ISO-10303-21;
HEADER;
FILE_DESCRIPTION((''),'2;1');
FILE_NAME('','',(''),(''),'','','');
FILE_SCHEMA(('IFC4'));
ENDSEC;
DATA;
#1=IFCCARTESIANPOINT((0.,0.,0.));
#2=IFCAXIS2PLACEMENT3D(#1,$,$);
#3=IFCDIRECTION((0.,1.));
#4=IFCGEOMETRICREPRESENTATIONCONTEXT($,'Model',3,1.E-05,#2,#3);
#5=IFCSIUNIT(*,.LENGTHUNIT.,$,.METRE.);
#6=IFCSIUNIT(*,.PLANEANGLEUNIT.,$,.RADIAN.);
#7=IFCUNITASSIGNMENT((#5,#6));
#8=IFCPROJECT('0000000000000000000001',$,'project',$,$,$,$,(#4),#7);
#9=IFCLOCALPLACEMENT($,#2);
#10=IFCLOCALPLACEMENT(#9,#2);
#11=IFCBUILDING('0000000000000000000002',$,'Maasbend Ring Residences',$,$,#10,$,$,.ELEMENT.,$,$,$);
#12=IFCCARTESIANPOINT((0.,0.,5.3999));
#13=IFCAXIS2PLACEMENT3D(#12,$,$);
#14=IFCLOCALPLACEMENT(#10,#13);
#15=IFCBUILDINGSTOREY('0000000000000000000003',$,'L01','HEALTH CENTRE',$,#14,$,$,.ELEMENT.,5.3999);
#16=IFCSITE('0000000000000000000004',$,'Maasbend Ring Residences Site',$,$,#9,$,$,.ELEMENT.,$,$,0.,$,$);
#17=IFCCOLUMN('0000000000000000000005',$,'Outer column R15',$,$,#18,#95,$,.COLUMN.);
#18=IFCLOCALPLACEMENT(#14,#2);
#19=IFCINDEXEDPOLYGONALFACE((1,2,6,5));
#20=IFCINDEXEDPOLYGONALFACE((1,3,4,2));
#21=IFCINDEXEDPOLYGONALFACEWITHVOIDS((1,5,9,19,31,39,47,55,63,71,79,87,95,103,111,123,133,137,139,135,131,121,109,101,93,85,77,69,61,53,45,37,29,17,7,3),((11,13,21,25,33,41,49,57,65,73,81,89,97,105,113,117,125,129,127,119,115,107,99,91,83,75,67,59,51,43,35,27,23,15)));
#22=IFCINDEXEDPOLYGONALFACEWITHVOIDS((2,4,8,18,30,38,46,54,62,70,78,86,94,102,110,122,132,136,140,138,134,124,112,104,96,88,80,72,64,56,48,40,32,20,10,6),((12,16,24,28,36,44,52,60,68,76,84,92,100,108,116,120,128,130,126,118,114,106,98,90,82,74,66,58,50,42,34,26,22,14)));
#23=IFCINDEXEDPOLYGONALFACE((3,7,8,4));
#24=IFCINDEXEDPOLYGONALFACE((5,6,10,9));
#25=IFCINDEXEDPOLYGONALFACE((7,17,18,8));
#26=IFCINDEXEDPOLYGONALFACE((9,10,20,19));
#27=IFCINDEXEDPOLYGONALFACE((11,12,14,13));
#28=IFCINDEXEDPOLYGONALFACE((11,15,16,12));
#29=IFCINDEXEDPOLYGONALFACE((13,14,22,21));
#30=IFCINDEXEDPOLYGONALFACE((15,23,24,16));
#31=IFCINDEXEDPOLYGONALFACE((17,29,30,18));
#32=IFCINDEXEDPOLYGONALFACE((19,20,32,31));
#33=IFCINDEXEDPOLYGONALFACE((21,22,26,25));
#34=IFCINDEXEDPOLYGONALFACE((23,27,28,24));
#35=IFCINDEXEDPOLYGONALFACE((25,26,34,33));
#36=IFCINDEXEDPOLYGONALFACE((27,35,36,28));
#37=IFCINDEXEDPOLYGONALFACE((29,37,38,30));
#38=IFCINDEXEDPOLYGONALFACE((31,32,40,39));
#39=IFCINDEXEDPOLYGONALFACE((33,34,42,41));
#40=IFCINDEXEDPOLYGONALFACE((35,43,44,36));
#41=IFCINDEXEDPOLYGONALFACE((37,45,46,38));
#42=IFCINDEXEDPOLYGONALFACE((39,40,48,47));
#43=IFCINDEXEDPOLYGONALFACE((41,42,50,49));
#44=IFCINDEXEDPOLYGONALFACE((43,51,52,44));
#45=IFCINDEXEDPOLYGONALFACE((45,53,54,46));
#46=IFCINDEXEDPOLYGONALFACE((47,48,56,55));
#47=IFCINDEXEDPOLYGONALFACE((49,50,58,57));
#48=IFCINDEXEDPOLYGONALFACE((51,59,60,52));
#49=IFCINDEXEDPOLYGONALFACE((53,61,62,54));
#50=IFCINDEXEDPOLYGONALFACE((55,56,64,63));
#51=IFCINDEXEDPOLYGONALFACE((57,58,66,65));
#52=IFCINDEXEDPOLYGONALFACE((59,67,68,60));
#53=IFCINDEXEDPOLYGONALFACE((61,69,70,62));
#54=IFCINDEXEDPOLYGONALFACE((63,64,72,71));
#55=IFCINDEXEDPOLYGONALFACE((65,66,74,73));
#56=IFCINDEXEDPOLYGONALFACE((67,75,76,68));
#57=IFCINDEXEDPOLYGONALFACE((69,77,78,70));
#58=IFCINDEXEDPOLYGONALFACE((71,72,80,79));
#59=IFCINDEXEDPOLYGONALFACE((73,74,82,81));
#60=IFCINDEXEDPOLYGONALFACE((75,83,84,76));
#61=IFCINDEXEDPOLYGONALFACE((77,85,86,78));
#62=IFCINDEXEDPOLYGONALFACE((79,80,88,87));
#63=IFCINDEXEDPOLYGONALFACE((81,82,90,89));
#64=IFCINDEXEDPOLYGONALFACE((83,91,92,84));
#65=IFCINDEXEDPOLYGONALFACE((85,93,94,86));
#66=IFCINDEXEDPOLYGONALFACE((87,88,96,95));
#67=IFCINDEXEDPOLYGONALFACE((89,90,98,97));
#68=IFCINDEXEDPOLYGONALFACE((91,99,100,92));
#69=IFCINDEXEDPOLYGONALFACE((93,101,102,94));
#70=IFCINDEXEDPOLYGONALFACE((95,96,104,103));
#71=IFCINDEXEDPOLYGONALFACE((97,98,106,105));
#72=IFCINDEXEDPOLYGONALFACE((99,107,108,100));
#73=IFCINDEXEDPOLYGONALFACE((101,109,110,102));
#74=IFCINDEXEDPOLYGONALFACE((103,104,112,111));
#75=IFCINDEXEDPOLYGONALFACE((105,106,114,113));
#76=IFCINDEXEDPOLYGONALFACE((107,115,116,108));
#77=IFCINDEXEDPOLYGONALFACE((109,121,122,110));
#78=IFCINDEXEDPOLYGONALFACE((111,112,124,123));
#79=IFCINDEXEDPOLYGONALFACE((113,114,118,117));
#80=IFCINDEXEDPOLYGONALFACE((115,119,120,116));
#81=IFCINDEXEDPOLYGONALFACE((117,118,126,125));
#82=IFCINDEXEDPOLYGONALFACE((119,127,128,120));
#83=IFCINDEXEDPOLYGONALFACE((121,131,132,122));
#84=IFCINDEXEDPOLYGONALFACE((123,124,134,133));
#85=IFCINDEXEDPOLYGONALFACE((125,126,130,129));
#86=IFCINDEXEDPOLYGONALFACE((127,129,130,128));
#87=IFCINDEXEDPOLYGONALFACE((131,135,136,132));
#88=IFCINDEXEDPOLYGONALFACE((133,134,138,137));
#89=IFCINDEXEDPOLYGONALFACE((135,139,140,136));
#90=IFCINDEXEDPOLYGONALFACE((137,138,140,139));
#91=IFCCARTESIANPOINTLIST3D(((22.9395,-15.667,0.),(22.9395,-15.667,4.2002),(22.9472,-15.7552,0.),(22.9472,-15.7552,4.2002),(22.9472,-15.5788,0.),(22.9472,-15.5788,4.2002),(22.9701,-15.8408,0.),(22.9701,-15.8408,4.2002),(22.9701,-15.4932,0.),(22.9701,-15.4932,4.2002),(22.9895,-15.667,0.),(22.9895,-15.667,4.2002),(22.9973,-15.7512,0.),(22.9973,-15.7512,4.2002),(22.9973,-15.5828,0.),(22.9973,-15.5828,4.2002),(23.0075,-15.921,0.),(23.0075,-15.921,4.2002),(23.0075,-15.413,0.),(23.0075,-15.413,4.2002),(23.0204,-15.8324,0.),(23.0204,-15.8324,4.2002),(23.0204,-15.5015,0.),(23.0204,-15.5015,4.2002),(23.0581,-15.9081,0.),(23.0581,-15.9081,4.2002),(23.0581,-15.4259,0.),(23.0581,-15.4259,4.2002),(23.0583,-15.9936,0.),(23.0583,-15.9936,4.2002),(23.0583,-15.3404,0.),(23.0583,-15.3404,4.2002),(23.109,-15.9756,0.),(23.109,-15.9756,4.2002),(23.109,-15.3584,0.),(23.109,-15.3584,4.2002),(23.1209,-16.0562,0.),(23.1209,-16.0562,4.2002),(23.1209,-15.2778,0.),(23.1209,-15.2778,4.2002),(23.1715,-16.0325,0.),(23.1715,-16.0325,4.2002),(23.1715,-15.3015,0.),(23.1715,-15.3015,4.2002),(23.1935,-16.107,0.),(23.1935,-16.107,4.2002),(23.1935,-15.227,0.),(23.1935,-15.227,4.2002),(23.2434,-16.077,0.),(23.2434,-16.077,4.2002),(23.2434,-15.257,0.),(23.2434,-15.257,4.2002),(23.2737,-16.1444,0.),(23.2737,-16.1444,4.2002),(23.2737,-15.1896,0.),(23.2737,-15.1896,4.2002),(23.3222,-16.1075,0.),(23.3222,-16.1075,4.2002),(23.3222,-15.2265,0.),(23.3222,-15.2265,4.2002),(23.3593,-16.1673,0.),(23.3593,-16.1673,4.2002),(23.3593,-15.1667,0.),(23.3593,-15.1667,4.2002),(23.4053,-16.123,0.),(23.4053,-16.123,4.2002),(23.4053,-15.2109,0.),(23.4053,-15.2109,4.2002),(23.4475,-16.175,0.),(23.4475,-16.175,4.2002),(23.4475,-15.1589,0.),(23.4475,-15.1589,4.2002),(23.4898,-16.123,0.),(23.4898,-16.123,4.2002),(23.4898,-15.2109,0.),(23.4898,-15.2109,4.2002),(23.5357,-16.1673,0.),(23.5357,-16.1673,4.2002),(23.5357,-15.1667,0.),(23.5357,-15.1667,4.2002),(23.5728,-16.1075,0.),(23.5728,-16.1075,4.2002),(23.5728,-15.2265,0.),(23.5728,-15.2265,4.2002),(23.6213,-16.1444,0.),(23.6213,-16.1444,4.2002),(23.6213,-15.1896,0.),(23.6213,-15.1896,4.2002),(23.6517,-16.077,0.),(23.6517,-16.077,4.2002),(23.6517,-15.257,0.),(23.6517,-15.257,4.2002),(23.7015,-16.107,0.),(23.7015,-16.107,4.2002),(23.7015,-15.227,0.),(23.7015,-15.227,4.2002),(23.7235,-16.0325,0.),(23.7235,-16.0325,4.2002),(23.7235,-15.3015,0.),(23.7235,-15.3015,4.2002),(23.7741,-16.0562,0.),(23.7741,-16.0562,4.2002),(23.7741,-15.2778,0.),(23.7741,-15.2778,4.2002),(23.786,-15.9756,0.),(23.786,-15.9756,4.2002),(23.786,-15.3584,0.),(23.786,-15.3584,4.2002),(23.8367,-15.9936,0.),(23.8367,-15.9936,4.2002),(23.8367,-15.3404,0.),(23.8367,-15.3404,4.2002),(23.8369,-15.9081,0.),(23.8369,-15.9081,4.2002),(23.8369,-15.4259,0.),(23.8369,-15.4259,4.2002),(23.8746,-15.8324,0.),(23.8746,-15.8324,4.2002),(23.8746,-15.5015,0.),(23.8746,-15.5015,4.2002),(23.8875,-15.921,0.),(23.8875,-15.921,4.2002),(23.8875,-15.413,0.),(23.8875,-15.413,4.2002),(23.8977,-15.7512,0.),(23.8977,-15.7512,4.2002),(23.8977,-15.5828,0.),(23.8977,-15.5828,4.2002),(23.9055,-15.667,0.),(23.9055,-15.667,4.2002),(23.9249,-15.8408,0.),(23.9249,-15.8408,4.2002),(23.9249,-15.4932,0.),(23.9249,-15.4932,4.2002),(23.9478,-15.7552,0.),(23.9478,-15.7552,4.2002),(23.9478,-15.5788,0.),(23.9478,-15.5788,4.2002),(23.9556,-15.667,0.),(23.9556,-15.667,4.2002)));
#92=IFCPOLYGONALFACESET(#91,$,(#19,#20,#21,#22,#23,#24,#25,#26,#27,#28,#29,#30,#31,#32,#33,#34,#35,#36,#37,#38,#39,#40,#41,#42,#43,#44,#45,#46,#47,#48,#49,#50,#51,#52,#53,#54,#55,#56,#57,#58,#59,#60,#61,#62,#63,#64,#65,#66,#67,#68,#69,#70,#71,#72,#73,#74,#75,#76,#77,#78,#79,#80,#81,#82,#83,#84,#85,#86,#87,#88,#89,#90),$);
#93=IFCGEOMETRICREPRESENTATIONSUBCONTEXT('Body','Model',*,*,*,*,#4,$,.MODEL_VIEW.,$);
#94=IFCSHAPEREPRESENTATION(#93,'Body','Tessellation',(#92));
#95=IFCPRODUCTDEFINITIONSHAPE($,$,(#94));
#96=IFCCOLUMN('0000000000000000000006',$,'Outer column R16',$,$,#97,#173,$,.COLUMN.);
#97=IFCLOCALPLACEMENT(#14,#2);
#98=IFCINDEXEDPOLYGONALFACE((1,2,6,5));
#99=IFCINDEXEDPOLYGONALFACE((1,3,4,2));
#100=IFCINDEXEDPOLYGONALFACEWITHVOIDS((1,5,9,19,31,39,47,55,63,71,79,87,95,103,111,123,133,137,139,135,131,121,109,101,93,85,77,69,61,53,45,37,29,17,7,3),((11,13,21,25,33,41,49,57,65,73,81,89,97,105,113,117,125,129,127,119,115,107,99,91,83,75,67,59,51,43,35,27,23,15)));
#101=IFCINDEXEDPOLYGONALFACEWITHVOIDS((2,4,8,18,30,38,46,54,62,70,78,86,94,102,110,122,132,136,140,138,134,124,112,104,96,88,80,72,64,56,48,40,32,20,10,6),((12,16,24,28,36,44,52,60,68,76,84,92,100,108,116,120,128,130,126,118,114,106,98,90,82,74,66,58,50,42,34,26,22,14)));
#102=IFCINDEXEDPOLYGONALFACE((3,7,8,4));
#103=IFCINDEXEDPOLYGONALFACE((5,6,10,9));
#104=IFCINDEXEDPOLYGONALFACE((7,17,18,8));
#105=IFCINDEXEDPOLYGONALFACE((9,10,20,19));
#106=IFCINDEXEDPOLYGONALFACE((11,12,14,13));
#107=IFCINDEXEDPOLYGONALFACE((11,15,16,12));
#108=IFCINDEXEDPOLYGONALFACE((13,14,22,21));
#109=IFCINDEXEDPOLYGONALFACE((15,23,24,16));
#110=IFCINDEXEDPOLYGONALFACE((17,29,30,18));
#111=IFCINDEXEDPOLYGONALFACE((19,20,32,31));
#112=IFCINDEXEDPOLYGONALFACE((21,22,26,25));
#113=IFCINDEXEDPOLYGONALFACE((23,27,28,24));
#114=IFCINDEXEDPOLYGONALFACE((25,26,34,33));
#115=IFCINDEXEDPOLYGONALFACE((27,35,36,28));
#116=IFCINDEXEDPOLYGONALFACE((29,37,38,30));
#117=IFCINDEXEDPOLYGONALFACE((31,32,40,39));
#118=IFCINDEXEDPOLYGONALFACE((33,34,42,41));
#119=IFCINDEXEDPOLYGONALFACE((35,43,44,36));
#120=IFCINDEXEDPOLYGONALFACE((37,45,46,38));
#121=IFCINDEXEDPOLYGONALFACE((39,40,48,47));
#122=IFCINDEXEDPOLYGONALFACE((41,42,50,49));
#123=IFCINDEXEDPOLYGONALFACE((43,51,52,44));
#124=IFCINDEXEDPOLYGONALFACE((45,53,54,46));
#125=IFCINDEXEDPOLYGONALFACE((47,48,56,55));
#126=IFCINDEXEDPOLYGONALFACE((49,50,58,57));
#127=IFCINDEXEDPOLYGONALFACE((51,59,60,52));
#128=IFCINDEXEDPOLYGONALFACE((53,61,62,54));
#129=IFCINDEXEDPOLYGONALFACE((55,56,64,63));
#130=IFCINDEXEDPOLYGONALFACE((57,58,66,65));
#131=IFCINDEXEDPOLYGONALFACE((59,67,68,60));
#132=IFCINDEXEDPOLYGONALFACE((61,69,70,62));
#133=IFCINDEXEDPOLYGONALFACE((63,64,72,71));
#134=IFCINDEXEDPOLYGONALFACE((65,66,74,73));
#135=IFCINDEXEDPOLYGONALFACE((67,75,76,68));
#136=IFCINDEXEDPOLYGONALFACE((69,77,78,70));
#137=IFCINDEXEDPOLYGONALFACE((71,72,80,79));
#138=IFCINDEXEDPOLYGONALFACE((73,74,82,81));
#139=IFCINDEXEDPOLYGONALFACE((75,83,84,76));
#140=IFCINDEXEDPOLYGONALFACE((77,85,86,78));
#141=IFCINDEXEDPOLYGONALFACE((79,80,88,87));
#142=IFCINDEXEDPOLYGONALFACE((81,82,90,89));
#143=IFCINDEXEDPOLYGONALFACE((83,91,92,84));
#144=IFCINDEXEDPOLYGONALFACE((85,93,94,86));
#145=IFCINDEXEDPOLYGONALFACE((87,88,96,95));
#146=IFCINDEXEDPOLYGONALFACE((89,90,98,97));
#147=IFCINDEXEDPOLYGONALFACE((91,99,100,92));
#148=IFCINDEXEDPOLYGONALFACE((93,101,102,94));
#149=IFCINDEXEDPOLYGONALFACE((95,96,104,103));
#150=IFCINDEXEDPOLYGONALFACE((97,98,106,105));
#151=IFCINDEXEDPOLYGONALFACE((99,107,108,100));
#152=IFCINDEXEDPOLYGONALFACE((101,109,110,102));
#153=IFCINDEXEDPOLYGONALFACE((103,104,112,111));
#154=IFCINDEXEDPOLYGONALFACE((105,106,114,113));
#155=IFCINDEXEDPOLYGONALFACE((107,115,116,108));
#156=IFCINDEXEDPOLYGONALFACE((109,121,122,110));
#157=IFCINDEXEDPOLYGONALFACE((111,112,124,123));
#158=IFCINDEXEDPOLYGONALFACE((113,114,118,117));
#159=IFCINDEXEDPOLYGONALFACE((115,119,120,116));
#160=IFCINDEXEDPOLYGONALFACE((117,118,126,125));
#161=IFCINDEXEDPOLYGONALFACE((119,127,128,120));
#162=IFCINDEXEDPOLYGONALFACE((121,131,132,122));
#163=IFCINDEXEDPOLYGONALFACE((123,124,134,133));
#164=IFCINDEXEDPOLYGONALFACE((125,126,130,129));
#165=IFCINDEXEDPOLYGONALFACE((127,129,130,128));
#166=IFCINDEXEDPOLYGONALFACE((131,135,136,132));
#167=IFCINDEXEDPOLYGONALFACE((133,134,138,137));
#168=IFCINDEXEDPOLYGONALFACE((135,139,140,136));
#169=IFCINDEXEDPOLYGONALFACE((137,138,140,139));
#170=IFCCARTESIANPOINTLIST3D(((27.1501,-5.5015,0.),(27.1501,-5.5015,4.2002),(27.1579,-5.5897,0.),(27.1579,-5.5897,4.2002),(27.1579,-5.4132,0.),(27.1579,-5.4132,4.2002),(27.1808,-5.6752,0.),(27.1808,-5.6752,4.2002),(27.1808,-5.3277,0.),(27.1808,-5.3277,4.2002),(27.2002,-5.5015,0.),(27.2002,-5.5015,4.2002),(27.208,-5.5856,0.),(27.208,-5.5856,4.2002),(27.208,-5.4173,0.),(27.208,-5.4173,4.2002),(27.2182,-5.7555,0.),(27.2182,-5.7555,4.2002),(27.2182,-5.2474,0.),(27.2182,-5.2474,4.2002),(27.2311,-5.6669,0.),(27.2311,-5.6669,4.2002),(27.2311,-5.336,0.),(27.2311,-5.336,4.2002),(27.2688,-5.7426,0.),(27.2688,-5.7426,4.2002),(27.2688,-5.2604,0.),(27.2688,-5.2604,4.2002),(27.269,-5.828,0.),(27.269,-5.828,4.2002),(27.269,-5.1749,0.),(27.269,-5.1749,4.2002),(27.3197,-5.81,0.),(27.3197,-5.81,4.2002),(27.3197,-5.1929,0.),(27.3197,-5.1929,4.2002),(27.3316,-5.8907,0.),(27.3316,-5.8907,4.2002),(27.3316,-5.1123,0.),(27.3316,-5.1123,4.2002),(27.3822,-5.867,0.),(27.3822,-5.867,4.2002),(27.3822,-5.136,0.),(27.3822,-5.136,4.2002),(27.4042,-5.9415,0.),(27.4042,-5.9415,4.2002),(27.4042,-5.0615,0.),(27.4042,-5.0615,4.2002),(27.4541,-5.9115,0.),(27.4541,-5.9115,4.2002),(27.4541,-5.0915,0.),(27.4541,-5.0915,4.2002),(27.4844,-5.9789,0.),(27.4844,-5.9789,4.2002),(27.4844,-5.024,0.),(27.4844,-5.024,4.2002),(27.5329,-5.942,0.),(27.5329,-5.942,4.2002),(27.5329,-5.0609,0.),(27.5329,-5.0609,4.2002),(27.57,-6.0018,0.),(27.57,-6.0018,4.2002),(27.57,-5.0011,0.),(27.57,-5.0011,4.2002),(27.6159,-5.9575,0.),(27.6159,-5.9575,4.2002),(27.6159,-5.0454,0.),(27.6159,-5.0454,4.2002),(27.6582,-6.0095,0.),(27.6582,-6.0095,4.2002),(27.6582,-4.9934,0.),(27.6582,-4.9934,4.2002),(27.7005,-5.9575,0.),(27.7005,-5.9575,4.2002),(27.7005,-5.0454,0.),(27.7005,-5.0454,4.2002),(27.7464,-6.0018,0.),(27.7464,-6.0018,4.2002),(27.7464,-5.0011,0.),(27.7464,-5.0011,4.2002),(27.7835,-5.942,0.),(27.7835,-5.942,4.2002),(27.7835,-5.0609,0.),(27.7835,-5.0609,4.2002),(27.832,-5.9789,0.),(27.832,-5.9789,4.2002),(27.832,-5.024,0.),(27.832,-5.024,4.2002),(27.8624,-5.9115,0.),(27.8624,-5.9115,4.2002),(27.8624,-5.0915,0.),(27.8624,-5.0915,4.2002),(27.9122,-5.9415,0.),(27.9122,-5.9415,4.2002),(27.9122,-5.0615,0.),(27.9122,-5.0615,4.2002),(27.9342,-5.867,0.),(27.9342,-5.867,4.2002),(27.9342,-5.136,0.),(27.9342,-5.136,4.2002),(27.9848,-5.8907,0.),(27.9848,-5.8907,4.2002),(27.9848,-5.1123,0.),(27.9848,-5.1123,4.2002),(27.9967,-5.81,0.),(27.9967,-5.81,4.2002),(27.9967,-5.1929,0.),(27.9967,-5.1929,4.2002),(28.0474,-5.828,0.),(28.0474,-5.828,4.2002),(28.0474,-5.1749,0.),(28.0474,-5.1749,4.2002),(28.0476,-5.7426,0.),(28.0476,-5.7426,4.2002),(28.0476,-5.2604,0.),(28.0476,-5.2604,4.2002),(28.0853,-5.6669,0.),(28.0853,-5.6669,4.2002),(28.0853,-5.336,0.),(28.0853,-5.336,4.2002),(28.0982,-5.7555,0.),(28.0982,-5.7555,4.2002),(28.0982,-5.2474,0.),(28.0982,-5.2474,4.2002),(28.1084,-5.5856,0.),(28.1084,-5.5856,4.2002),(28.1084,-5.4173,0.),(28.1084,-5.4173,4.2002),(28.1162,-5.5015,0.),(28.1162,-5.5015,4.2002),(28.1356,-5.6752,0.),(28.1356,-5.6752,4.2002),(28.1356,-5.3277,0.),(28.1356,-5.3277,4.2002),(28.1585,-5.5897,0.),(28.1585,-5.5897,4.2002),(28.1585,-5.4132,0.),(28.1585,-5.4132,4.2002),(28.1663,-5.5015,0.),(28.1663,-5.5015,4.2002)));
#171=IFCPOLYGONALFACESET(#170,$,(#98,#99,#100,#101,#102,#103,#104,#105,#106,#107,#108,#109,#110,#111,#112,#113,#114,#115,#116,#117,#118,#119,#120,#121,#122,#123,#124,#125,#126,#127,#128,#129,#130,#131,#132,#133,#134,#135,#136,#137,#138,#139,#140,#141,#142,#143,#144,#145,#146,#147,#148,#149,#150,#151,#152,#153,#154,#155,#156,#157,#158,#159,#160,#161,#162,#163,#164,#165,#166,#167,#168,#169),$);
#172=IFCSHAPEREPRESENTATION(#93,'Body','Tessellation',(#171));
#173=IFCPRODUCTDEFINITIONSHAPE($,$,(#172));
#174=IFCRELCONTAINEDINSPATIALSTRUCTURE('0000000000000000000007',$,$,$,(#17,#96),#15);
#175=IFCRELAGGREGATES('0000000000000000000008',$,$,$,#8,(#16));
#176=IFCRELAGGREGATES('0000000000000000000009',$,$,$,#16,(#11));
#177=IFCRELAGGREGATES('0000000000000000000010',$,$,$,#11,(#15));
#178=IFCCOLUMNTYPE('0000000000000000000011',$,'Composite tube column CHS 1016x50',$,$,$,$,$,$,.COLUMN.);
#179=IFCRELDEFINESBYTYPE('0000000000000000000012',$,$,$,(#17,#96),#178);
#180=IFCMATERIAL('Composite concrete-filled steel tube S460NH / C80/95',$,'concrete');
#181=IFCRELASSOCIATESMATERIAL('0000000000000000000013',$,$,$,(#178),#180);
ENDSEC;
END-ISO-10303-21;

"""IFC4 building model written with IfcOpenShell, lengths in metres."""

from ifc_helpers import new_model, si_unit, direction, frame, origin, origin_2d, place, context, subcontext, project, spatial, hollow_circle, extrude, material, material_profile, profile_set, type_object, element, save


model = new_model("IFC4")

# Units and contexts
model_context = context("Model", 3, precision=1e-05, world=origin(), true_north=direction((0.0, 1.0)))
body_context = subcontext(model_context, "Body", "Model", "MODEL_VIEW")
ifc_project = project(units=[si_unit("LENGTHUNIT", "METRE"), si_unit("PLANEANGLEUNIT", "RADIAN")], contexts=[model_context])

# Site, building, storey
site_placement = place(None, origin())
site = spatial("IfcSite", under=ifc_project, at=site_placement, Name="Maasbend Ring Residences Site", CompositionType="ELEMENT", RefElevation=0.0)
building_placement = place(site_placement, origin())
building = spatial("IfcBuilding", under=site, at=building_placement, Name="Maasbend Ring Residences", CompositionType="ELEMENT")
storey_placement = place(building_placement, frame((0.0, 0.0, 5.3999)))
storey = spatial("IfcBuildingStorey", under=building, at=storey_placement, Name="L01", Description="HEALTH CENTRE", CompositionType="ELEMENT", Elevation=5.3999)

# Columns
ifc_material_1 = material(Name="Composite concrete-filled steel tube S460NH / C80/95", Category="concrete")
ifc_material_profile_1 = material_profile(ifc_material_1, hollow_circle(Radius=0.5081, WallThickness=0.05, at=origin_2d()), Name="Composite tube column CHS 1016x50")
ifc_profile_set_1 = profile_set([ifc_material_profile_1], Name="Composite concrete-filled steel tube S460NH / C80/95")
column_type = type_object("IfcColumnType", Name="Composite tube column CHS 1016x50", PredefinedType="COLUMN", material=ifc_profile_set_1)
for number, where, z_axis, x_axis, name in (
    (1, (23.4475, -15.667, 0.0), (0.0, 0.0, 1.0), (1.0, 0.0, 0.0), "Outer column R15"),
    (2, (27.6582, -5.5015, 0.0), (0.0, 0.0, 1.0), (1.0, 0.0, 0.0), "Outer column R16"),
):
    element("IfcColumn", number, at=place(storey_placement, frame(where, z_axis=z_axis, x_axis=x_axis)), inside=storey, type_object=column_type, Name=name, PredefinedType="COLUMN", context=body_context, shape_type="SweptSolid", body=[
        extrude(hollow_circle(Radius=0.5081, WallThickness=0.05, at=origin_2d()), origin(), (0.0, 0.0, 1.0), 4.2002),
    ])

save(model, "model.ifc")
